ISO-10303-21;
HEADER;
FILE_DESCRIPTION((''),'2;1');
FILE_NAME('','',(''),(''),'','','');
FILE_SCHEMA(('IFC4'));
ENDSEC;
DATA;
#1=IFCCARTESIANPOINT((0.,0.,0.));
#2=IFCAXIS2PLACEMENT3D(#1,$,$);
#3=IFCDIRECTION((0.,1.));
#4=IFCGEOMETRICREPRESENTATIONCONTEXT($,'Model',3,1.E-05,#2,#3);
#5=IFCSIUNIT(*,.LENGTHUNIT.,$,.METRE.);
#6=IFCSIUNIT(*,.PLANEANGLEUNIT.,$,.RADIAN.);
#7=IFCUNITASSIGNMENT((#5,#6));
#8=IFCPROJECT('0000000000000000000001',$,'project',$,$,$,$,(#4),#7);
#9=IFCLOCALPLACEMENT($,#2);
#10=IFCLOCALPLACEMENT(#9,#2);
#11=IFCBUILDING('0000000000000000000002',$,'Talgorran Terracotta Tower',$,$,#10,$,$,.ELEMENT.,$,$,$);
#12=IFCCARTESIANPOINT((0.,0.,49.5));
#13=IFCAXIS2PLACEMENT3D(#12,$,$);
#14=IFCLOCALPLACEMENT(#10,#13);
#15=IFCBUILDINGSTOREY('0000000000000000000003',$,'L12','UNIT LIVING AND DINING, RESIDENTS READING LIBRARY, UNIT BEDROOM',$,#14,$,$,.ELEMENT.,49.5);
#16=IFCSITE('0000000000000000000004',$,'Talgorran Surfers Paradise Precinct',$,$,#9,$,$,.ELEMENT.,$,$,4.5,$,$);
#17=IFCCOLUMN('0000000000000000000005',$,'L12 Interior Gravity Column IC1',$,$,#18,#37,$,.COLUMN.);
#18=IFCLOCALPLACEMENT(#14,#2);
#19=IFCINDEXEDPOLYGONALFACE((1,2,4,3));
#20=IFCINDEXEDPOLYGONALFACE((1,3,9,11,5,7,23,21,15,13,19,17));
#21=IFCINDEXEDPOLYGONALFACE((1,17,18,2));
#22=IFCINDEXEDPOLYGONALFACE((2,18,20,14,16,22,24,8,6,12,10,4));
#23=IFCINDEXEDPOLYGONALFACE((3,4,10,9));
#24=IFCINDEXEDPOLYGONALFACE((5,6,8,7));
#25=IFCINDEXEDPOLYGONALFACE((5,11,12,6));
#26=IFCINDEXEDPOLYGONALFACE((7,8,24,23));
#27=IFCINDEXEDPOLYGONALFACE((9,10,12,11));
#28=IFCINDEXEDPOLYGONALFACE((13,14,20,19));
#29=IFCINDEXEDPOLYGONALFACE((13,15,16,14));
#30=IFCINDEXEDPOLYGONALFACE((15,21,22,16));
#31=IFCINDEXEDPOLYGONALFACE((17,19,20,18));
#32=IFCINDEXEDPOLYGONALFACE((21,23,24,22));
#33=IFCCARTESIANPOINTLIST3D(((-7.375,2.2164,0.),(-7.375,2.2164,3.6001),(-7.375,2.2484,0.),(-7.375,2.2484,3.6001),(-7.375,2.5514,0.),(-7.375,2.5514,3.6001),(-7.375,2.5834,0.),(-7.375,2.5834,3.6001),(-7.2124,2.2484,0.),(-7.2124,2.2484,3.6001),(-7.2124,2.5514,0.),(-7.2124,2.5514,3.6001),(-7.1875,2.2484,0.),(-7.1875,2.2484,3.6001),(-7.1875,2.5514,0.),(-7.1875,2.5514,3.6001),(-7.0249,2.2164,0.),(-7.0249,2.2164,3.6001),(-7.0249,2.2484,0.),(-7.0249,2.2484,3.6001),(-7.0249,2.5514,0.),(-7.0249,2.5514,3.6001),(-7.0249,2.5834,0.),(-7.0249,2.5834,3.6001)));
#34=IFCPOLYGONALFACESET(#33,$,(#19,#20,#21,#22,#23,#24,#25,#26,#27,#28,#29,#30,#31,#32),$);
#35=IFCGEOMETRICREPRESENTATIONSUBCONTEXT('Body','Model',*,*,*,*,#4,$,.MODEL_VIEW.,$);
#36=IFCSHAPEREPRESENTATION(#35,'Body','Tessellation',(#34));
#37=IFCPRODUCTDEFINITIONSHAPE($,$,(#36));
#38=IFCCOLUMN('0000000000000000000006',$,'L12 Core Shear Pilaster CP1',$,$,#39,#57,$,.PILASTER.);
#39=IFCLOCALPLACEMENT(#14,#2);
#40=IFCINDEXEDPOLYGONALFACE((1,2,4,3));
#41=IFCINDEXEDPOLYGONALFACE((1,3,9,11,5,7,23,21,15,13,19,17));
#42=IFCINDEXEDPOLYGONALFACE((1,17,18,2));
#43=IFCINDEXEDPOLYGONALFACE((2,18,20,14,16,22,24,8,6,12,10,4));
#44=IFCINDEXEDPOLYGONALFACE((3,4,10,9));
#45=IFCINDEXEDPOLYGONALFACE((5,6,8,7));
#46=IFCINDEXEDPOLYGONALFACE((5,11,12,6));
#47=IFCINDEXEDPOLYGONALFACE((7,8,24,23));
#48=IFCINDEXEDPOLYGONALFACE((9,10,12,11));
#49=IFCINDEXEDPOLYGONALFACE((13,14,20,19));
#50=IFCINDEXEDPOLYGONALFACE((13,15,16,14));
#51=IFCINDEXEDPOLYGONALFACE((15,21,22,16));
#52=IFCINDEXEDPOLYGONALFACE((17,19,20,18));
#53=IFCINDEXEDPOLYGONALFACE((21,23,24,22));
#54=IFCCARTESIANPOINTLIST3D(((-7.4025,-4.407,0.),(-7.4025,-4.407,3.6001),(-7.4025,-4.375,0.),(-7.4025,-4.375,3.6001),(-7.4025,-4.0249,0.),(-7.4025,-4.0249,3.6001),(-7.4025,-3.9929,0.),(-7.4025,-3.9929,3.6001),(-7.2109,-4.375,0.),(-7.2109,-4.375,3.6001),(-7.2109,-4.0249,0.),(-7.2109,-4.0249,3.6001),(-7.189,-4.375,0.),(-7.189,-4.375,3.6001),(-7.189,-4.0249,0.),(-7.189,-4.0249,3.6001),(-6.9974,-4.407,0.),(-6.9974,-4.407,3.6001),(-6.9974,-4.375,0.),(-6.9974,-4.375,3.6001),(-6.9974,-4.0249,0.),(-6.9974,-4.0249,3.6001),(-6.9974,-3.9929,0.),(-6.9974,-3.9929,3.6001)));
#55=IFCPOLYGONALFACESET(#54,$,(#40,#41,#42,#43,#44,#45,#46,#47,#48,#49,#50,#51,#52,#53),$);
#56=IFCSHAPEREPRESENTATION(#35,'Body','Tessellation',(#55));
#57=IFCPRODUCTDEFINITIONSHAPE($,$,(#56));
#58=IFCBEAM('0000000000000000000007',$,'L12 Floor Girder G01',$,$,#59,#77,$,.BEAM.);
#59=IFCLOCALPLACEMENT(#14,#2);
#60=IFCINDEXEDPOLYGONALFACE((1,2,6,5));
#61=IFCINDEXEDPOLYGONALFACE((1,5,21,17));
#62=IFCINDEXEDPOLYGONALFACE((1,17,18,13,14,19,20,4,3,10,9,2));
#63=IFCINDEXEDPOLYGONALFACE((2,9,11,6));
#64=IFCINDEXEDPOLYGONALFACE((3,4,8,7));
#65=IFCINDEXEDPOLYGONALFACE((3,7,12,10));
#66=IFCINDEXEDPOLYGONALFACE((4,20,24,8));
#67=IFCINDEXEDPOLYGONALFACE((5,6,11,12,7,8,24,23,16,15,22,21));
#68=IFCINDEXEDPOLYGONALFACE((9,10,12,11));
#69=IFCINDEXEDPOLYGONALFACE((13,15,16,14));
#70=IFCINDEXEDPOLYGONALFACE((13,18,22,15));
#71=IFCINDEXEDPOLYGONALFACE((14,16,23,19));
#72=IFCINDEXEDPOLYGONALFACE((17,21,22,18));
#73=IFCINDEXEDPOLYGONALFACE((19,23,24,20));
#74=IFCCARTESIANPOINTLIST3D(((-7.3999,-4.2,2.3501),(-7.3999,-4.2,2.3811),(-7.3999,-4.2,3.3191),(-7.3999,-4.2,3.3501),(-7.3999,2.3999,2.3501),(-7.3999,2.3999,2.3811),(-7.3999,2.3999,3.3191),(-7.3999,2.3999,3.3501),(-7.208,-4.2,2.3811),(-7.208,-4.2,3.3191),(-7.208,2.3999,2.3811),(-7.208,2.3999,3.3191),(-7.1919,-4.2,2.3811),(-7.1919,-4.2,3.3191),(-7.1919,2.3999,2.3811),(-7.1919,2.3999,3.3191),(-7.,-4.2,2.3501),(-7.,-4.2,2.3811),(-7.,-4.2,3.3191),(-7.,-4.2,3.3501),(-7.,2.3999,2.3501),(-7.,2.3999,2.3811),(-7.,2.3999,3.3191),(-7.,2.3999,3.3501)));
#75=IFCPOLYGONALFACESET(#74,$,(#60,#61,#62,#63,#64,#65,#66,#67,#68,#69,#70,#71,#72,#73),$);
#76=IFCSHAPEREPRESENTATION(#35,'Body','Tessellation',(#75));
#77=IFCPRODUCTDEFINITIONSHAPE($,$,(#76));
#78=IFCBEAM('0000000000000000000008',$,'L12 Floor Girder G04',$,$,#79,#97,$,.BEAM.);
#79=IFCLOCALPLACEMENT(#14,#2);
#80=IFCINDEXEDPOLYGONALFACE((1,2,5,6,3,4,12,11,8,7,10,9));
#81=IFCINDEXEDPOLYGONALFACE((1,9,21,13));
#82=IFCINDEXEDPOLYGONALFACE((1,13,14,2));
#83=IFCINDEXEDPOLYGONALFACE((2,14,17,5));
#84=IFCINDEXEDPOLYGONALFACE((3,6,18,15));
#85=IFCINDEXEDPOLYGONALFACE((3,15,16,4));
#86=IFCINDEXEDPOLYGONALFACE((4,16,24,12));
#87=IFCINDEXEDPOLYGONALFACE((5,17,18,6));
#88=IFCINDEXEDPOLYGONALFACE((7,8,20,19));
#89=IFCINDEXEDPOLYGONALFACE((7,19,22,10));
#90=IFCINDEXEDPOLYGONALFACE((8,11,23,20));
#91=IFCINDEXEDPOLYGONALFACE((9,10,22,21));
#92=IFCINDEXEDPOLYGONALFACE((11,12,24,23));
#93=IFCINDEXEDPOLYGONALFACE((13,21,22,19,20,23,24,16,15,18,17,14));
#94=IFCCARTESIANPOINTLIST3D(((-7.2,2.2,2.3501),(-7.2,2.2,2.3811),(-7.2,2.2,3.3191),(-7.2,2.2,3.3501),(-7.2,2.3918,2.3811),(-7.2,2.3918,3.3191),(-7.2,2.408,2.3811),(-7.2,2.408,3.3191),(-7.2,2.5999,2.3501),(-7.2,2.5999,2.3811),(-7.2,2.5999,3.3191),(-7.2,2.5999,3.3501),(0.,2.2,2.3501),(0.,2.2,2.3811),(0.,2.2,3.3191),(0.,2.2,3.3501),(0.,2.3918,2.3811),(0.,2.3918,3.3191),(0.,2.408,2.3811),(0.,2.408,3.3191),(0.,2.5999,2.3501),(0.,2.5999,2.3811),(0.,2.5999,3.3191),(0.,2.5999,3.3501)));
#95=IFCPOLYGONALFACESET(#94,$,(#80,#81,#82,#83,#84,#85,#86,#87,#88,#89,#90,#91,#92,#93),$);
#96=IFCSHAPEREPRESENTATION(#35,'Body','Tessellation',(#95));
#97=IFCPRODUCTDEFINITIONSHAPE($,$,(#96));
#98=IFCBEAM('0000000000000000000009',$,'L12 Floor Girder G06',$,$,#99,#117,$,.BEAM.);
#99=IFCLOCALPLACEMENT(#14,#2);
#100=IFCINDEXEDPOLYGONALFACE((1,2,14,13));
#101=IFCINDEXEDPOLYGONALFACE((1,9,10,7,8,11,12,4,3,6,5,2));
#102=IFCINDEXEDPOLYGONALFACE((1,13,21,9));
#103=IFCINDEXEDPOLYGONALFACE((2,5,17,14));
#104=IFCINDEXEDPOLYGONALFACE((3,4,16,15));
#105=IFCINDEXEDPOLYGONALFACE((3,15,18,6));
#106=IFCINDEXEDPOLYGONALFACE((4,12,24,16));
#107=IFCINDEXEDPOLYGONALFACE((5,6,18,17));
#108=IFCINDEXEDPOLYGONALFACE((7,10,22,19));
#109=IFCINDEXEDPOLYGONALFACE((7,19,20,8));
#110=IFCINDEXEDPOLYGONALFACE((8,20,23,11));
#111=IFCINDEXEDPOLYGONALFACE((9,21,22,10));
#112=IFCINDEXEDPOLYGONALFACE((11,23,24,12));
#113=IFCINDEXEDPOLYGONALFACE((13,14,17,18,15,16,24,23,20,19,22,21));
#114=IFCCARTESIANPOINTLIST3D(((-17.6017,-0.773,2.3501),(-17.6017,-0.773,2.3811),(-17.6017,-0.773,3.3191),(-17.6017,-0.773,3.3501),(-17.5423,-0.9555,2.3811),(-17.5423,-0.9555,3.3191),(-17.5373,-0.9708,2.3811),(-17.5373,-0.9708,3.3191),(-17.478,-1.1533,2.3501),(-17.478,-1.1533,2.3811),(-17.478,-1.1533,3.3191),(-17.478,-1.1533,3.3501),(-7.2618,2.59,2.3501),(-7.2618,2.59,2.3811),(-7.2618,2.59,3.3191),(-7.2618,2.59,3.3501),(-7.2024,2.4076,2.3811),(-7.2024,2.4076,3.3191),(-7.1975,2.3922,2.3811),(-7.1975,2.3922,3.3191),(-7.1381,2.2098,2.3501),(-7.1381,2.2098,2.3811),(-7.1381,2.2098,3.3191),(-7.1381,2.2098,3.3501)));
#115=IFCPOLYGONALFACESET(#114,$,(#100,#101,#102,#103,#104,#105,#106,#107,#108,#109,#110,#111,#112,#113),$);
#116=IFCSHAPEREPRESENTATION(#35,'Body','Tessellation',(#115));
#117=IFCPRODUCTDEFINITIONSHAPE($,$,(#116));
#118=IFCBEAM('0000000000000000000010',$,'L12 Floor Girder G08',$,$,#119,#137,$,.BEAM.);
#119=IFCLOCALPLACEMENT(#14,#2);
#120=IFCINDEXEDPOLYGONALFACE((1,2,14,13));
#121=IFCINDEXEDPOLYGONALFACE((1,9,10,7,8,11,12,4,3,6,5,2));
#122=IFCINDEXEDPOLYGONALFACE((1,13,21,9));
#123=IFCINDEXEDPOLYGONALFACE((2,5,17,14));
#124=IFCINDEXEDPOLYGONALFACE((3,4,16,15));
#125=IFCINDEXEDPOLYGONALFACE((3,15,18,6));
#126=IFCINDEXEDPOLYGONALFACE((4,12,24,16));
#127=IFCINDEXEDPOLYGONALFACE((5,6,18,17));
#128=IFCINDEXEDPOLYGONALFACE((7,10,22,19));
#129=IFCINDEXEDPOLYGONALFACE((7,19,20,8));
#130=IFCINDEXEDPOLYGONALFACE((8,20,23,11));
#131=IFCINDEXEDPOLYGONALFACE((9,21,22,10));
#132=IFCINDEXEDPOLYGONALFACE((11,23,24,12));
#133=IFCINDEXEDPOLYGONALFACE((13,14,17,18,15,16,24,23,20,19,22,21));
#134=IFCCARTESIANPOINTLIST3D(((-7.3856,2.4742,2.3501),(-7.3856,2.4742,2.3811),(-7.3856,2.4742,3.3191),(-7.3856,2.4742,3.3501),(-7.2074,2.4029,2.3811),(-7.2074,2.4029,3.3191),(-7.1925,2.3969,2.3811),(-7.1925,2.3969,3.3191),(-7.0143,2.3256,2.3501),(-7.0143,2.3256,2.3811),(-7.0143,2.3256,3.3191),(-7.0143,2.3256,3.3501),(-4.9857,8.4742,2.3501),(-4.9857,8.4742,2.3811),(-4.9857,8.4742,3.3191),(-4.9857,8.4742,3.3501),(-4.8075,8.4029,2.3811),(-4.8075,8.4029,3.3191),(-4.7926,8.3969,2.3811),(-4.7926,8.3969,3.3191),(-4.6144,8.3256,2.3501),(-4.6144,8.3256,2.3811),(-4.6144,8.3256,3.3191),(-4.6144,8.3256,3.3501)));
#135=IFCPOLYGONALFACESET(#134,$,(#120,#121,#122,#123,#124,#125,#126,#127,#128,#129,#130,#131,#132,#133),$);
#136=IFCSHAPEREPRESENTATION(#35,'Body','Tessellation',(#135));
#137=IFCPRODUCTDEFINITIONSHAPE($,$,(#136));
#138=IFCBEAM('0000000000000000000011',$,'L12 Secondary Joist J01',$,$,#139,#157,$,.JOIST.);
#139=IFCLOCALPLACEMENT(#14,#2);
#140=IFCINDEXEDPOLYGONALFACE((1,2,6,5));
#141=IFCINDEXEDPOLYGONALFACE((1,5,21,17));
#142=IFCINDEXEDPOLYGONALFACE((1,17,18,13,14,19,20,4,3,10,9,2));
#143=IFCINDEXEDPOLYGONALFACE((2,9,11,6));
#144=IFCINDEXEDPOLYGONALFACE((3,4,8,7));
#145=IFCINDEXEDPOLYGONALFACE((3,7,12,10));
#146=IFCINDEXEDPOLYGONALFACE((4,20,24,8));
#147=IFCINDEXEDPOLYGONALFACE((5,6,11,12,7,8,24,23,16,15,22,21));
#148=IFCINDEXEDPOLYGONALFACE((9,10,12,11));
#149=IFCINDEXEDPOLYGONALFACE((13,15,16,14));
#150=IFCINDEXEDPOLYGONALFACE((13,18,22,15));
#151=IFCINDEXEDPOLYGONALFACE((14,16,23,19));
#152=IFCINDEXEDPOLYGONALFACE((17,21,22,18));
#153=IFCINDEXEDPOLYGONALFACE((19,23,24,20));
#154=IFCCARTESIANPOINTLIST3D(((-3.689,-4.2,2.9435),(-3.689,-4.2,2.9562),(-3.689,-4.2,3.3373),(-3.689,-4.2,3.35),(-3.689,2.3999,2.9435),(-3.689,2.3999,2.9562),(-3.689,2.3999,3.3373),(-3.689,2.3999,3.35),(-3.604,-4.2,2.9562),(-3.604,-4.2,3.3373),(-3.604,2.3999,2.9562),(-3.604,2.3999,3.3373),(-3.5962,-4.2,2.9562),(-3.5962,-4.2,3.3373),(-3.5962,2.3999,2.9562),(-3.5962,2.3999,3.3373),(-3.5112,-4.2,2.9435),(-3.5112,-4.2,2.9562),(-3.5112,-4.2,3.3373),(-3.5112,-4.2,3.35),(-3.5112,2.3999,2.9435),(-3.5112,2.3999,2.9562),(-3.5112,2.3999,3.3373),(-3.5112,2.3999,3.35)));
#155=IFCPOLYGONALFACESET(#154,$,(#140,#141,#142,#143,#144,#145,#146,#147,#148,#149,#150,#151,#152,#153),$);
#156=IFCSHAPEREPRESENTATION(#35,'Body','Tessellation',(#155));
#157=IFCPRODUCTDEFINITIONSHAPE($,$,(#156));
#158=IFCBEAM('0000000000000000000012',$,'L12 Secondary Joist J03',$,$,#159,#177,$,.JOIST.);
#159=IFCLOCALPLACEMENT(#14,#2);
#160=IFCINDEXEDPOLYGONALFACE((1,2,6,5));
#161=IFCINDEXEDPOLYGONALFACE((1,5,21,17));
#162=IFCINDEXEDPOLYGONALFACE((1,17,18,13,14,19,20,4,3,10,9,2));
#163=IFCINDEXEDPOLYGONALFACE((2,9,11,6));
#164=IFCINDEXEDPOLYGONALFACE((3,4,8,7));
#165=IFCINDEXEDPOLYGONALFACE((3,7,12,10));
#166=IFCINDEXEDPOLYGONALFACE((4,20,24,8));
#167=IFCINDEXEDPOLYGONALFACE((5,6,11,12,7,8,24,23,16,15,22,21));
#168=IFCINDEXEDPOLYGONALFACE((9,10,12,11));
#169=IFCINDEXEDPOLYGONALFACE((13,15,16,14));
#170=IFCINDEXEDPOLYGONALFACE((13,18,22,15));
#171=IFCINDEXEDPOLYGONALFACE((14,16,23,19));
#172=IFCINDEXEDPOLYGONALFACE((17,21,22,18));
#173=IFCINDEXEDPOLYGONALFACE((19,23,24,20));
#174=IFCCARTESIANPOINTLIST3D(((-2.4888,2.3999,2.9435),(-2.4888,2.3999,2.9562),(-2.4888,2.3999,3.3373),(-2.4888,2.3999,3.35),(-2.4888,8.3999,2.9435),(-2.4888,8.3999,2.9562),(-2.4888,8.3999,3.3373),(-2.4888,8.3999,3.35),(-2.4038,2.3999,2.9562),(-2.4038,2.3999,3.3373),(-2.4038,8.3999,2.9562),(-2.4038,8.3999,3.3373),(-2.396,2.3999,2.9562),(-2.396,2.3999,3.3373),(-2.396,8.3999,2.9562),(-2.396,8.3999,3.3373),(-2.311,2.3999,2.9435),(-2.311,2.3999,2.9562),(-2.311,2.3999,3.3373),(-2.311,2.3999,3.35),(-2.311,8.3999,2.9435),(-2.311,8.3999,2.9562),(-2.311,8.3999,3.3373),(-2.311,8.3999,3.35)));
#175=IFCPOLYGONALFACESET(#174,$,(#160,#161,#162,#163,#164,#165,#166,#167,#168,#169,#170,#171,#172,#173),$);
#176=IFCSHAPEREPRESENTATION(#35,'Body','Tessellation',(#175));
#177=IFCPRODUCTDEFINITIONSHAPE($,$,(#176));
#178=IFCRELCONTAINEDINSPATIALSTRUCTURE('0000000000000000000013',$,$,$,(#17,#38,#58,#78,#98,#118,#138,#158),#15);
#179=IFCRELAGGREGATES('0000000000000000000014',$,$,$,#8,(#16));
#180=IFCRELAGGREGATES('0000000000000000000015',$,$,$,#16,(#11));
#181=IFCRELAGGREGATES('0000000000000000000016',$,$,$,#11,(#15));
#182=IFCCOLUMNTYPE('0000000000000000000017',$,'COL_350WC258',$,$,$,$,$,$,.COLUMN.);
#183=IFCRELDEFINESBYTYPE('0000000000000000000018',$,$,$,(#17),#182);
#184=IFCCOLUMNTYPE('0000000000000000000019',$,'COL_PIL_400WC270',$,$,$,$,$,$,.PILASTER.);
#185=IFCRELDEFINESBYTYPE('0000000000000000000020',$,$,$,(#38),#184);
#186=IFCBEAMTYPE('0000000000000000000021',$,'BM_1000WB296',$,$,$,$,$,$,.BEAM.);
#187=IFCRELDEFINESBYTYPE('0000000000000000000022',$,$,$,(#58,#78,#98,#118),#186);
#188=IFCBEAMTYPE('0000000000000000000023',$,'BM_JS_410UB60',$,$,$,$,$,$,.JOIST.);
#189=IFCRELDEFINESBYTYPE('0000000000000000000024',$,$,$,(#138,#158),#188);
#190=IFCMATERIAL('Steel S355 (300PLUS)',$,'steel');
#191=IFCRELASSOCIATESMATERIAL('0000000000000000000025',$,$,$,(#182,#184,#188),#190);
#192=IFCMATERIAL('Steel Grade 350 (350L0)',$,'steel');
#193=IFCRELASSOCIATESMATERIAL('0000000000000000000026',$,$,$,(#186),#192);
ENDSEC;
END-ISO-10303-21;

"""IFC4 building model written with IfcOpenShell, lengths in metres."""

from ifc_helpers import new_model, si_unit, direction, frame, origin, origin_2d, place, context, subcontext, project, spatial, i_section, extrude, material, material_profile, profile_set, type_object, element, save


model = new_model("IFC4")

# Units and contexts
model_context = context("Model", 3, precision=1e-05, world=origin(), true_north=direction((0.0, 1.0)))
body_context = subcontext(model_context, "Body", "Model", "MODEL_VIEW")
ifc_project = project(units=[si_unit("LENGTHUNIT", "METRE"), si_unit("PLANEANGLEUNIT", "RADIAN")], contexts=[model_context])

# Site, building, storey
site_placement = place(None, origin())
site = spatial("IfcSite", under=ifc_project, at=site_placement, Name="Talgorran Surfers Paradise Precinct", CompositionType="ELEMENT", RefElevation=4.5)
building_placement = place(site_placement, origin())
building = spatial("IfcBuilding", under=site, at=building_placement, Name="Talgorran Terracotta Tower", CompositionType="ELEMENT")
storey_placement = place(building_placement, frame((0.0, 0.0, 49.5)))
storey = spatial("IfcBuildingStorey", under=building, at=storey_placement, Name="L12", Description="UNIT LIVING AND DINING, RESIDENTS READING LIBRARY, UNIT BEDROOM", CompositionType="ELEMENT", Elevation=49.5)

# Columns
ifc_material_1 = material(Name="Steel S355 (300PLUS)", Category="steel")
ifc_material_profile_1 = material_profile(ifc_material_1, i_section(OverallWidth=0.3501, OverallDepth=0.3669, WebThickness=0.0249, FlangeThickness=0.032, at=origin_2d()), Name="350WC258")
ifc_profile_set_1 = profile_set([ifc_material_profile_1], Name="Steel S355 (300PLUS)")
column_type_1 = type_object("IfcColumnType", Name="COL_350WC258", PredefinedType="COLUMN", material=ifc_profile_set_1)
column_1_placement = place(storey_placement, frame((-7.2, 2.3999, 0.0), z_axis=(0.0, 0.0, 1.0), x_axis=(1.0, 0.0, 0.0)))
element("IfcColumn", 1, at=column_1_placement, inside=storey, type_object=column_type_1, Name="L12 Interior Gravity Column IC1", PredefinedType="COLUMN", context=body_context, shape_type="SweptSolid", body=[
    extrude(i_section(OverallWidth=0.3501, OverallDepth=0.3669, WebThickness=0.0249, FlangeThickness=0.032, at=origin_2d()), origin(), (0.0, 0.0, 1.0), 3.6001),
])
ifc_material_profile_2 = material_profile(ifc_material_1, i_section(OverallWidth=0.405, OverallDepth=0.4141, WebThickness=0.022, FlangeThickness=0.032, at=origin_2d()), Name="400WC270")
ifc_profile_set_2 = profile_set([ifc_material_profile_2], Name="Steel S355 (300PLUS)")
column_type_2 = type_object("IfcColumnType", Name="COL_PIL_400WC270", PredefinedType="PILASTER", material=ifc_profile_set_2)
column_2_placement = place(storey_placement, frame((-7.2, -4.2, 0.0), z_axis=(0.0, 0.0, 1.0), x_axis=(1.0, 0.0, 0.0)))
element("IfcColumn", 2, at=column_2_placement, inside=storey, type_object=column_type_2, Name="L12 Core Shear Pilaster CP1", PredefinedType="PILASTER", context=body_context, shape_type="SweptSolid", body=[
    extrude(i_section(OverallWidth=0.405, OverallDepth=0.4141, WebThickness=0.022, FlangeThickness=0.032, at=origin_2d()), origin(), (0.0, 0.0, 1.0), 3.6001),
])

# Beams
ifc_material_2 = material(Name="Steel Grade 350 (350L0)", Category="steel")
ifc_material_profile_3 = material_profile(ifc_material_2, i_section(OverallWidth=0.3999, OverallDepth=1.0, WebThickness=0.0161, FlangeThickness=0.031, at=origin_2d()), Name="1000WB296")
ifc_profile_set_3 = profile_set([ifc_material_profile_3], Name="Steel Grade 350 (350L0)")
beam_type_1 = type_object("IfcBeamType", Name="BM_1000WB296", PredefinedType="BEAM", material=ifc_profile_set_3)
beam_1_placement = place(storey_placement, frame((-7.2, -4.2, 2.8501), z_axis=(0.0, 1.0, 0.0), x_axis=(-1.0, 0.0, 0.0)))
element("IfcBeam", 3, at=beam_1_placement, inside=storey, type_object=beam_type_1, Name="L12 Floor Girder G01", PredefinedType="BEAM", context=body_context, shape_type="SweptSolid", body=[
    extrude(i_section(OverallWidth=0.3999, OverallDepth=1.0, WebThickness=0.0161, FlangeThickness=0.031, at=origin_2d()), origin(), (0.0, 0.0, 1.0), 6.5999),
])
beam_2_placement = place(storey_placement, frame((-7.2, 2.3999, 2.8501), z_axis=(1.0, 0.0, 0.0), x_axis=(0.0, 1.0, 0.0)))
element("IfcBeam", 4, at=beam_2_placement, inside=storey, type_object=beam_type_1, Name="L12 Floor Girder G04", PredefinedType="BEAM", context=body_context, shape_type="SweptSolid", body=[
    extrude(i_section(OverallWidth=0.3999, OverallDepth=1.0, WebThickness=0.0161, FlangeThickness=0.031, at=origin_2d()), origin(), (0.0, 0.0, 1.0), 7.2),
])
beam_3_placement = place(storey_placement, frame((-7.2, 2.3999, 2.8501), z_axis=(-0.950964, -0.309301, 0.0), x_axis=(0.309301, -0.950964, 0.0)))
element("IfcBeam", 5, at=beam_3_placement, inside=storey, type_object=beam_type_1, Name="L12 Floor Girder G06", PredefinedType="BEAM", context=body_context, shape_type="SweptSolid", body=[
    extrude(i_section(OverallWidth=0.3999, OverallDepth=1.0, WebThickness=0.0161, FlangeThickness=0.031, at=origin_2d()), origin(), (0.0, 0.0, 1.0), 10.873),
])
beam_4_placement = place(storey_placement, frame((-7.2, 2.3999, 2.8501), z_axis=(0.371378, 0.928482, 0.0), x_axis=(-0.928482, 0.371378, 0.0)))
element("IfcBeam", 6, at=beam_4_placement, inside=storey, type_object=beam_type_1, Name="L12 Floor Girder G08", PredefinedType="BEAM", context=body_context, shape_type="SweptSolid", body=[
    extrude(i_section(OverallWidth=0.3999, OverallDepth=1.0, WebThickness=0.0161, FlangeThickness=0.031, at=origin_2d()), origin(), (0.0, 0.0, 1.0), 6.4622),
])
ifc_material_profile_4 = material_profile(ifc_material_1, i_section(OverallWidth=0.1777, OverallDepth=0.4065, WebThickness=0.0078, FlangeThickness=0.0127, at=origin_2d()), Name="410UB59.7")
ifc_profile_set_4 = profile_set([ifc_material_profile_4], Name="Steel S355 (300PLUS)")
beam_type_2 = type_object("IfcBeamType", Name="BM_JS_410UB60", PredefinedType="JOIST", material=ifc_profile_set_4)
beam_5_placement = place(storey_placement, frame((-3.6001, -4.2, 3.1467), z_axis=(0.0, 1.0, 0.0), x_axis=(-1.0, 0.0, 0.0)))
element("IfcBeam", 7, at=beam_5_placement, inside=storey, type_object=beam_type_2, Name="L12 Secondary Joist J01", PredefinedType="JOIST", context=body_context, shape_type="SweptSolid", body=[
    extrude(i_section(OverallWidth=0.1777, OverallDepth=0.4065, WebThickness=0.0078, FlangeThickness=0.0127, at=origin_2d()), origin(), (0.0, 0.0, 1.0), 6.5999),
])
beam_6_placement = place(storey_placement, frame((-2.3999, 2.3999, 3.1467), z_axis=(0.0, 1.0, 0.0), x_axis=(-1.0, 0.0, 0.0)))
element("IfcBeam", 8, at=beam_6_placement, inside=storey, type_object=beam_type_2, Name="L12 Secondary Joist J03", PredefinedType="JOIST", context=body_context, shape_type="SweptSolid", body=[
    extrude(i_section(OverallWidth=0.1777, OverallDepth=0.4065, WebThickness=0.0078, FlangeThickness=0.0127, at=origin_2d()), origin(), (0.0, 0.0, 1.0), 6.0),
])

save(model, "model.ifc")
